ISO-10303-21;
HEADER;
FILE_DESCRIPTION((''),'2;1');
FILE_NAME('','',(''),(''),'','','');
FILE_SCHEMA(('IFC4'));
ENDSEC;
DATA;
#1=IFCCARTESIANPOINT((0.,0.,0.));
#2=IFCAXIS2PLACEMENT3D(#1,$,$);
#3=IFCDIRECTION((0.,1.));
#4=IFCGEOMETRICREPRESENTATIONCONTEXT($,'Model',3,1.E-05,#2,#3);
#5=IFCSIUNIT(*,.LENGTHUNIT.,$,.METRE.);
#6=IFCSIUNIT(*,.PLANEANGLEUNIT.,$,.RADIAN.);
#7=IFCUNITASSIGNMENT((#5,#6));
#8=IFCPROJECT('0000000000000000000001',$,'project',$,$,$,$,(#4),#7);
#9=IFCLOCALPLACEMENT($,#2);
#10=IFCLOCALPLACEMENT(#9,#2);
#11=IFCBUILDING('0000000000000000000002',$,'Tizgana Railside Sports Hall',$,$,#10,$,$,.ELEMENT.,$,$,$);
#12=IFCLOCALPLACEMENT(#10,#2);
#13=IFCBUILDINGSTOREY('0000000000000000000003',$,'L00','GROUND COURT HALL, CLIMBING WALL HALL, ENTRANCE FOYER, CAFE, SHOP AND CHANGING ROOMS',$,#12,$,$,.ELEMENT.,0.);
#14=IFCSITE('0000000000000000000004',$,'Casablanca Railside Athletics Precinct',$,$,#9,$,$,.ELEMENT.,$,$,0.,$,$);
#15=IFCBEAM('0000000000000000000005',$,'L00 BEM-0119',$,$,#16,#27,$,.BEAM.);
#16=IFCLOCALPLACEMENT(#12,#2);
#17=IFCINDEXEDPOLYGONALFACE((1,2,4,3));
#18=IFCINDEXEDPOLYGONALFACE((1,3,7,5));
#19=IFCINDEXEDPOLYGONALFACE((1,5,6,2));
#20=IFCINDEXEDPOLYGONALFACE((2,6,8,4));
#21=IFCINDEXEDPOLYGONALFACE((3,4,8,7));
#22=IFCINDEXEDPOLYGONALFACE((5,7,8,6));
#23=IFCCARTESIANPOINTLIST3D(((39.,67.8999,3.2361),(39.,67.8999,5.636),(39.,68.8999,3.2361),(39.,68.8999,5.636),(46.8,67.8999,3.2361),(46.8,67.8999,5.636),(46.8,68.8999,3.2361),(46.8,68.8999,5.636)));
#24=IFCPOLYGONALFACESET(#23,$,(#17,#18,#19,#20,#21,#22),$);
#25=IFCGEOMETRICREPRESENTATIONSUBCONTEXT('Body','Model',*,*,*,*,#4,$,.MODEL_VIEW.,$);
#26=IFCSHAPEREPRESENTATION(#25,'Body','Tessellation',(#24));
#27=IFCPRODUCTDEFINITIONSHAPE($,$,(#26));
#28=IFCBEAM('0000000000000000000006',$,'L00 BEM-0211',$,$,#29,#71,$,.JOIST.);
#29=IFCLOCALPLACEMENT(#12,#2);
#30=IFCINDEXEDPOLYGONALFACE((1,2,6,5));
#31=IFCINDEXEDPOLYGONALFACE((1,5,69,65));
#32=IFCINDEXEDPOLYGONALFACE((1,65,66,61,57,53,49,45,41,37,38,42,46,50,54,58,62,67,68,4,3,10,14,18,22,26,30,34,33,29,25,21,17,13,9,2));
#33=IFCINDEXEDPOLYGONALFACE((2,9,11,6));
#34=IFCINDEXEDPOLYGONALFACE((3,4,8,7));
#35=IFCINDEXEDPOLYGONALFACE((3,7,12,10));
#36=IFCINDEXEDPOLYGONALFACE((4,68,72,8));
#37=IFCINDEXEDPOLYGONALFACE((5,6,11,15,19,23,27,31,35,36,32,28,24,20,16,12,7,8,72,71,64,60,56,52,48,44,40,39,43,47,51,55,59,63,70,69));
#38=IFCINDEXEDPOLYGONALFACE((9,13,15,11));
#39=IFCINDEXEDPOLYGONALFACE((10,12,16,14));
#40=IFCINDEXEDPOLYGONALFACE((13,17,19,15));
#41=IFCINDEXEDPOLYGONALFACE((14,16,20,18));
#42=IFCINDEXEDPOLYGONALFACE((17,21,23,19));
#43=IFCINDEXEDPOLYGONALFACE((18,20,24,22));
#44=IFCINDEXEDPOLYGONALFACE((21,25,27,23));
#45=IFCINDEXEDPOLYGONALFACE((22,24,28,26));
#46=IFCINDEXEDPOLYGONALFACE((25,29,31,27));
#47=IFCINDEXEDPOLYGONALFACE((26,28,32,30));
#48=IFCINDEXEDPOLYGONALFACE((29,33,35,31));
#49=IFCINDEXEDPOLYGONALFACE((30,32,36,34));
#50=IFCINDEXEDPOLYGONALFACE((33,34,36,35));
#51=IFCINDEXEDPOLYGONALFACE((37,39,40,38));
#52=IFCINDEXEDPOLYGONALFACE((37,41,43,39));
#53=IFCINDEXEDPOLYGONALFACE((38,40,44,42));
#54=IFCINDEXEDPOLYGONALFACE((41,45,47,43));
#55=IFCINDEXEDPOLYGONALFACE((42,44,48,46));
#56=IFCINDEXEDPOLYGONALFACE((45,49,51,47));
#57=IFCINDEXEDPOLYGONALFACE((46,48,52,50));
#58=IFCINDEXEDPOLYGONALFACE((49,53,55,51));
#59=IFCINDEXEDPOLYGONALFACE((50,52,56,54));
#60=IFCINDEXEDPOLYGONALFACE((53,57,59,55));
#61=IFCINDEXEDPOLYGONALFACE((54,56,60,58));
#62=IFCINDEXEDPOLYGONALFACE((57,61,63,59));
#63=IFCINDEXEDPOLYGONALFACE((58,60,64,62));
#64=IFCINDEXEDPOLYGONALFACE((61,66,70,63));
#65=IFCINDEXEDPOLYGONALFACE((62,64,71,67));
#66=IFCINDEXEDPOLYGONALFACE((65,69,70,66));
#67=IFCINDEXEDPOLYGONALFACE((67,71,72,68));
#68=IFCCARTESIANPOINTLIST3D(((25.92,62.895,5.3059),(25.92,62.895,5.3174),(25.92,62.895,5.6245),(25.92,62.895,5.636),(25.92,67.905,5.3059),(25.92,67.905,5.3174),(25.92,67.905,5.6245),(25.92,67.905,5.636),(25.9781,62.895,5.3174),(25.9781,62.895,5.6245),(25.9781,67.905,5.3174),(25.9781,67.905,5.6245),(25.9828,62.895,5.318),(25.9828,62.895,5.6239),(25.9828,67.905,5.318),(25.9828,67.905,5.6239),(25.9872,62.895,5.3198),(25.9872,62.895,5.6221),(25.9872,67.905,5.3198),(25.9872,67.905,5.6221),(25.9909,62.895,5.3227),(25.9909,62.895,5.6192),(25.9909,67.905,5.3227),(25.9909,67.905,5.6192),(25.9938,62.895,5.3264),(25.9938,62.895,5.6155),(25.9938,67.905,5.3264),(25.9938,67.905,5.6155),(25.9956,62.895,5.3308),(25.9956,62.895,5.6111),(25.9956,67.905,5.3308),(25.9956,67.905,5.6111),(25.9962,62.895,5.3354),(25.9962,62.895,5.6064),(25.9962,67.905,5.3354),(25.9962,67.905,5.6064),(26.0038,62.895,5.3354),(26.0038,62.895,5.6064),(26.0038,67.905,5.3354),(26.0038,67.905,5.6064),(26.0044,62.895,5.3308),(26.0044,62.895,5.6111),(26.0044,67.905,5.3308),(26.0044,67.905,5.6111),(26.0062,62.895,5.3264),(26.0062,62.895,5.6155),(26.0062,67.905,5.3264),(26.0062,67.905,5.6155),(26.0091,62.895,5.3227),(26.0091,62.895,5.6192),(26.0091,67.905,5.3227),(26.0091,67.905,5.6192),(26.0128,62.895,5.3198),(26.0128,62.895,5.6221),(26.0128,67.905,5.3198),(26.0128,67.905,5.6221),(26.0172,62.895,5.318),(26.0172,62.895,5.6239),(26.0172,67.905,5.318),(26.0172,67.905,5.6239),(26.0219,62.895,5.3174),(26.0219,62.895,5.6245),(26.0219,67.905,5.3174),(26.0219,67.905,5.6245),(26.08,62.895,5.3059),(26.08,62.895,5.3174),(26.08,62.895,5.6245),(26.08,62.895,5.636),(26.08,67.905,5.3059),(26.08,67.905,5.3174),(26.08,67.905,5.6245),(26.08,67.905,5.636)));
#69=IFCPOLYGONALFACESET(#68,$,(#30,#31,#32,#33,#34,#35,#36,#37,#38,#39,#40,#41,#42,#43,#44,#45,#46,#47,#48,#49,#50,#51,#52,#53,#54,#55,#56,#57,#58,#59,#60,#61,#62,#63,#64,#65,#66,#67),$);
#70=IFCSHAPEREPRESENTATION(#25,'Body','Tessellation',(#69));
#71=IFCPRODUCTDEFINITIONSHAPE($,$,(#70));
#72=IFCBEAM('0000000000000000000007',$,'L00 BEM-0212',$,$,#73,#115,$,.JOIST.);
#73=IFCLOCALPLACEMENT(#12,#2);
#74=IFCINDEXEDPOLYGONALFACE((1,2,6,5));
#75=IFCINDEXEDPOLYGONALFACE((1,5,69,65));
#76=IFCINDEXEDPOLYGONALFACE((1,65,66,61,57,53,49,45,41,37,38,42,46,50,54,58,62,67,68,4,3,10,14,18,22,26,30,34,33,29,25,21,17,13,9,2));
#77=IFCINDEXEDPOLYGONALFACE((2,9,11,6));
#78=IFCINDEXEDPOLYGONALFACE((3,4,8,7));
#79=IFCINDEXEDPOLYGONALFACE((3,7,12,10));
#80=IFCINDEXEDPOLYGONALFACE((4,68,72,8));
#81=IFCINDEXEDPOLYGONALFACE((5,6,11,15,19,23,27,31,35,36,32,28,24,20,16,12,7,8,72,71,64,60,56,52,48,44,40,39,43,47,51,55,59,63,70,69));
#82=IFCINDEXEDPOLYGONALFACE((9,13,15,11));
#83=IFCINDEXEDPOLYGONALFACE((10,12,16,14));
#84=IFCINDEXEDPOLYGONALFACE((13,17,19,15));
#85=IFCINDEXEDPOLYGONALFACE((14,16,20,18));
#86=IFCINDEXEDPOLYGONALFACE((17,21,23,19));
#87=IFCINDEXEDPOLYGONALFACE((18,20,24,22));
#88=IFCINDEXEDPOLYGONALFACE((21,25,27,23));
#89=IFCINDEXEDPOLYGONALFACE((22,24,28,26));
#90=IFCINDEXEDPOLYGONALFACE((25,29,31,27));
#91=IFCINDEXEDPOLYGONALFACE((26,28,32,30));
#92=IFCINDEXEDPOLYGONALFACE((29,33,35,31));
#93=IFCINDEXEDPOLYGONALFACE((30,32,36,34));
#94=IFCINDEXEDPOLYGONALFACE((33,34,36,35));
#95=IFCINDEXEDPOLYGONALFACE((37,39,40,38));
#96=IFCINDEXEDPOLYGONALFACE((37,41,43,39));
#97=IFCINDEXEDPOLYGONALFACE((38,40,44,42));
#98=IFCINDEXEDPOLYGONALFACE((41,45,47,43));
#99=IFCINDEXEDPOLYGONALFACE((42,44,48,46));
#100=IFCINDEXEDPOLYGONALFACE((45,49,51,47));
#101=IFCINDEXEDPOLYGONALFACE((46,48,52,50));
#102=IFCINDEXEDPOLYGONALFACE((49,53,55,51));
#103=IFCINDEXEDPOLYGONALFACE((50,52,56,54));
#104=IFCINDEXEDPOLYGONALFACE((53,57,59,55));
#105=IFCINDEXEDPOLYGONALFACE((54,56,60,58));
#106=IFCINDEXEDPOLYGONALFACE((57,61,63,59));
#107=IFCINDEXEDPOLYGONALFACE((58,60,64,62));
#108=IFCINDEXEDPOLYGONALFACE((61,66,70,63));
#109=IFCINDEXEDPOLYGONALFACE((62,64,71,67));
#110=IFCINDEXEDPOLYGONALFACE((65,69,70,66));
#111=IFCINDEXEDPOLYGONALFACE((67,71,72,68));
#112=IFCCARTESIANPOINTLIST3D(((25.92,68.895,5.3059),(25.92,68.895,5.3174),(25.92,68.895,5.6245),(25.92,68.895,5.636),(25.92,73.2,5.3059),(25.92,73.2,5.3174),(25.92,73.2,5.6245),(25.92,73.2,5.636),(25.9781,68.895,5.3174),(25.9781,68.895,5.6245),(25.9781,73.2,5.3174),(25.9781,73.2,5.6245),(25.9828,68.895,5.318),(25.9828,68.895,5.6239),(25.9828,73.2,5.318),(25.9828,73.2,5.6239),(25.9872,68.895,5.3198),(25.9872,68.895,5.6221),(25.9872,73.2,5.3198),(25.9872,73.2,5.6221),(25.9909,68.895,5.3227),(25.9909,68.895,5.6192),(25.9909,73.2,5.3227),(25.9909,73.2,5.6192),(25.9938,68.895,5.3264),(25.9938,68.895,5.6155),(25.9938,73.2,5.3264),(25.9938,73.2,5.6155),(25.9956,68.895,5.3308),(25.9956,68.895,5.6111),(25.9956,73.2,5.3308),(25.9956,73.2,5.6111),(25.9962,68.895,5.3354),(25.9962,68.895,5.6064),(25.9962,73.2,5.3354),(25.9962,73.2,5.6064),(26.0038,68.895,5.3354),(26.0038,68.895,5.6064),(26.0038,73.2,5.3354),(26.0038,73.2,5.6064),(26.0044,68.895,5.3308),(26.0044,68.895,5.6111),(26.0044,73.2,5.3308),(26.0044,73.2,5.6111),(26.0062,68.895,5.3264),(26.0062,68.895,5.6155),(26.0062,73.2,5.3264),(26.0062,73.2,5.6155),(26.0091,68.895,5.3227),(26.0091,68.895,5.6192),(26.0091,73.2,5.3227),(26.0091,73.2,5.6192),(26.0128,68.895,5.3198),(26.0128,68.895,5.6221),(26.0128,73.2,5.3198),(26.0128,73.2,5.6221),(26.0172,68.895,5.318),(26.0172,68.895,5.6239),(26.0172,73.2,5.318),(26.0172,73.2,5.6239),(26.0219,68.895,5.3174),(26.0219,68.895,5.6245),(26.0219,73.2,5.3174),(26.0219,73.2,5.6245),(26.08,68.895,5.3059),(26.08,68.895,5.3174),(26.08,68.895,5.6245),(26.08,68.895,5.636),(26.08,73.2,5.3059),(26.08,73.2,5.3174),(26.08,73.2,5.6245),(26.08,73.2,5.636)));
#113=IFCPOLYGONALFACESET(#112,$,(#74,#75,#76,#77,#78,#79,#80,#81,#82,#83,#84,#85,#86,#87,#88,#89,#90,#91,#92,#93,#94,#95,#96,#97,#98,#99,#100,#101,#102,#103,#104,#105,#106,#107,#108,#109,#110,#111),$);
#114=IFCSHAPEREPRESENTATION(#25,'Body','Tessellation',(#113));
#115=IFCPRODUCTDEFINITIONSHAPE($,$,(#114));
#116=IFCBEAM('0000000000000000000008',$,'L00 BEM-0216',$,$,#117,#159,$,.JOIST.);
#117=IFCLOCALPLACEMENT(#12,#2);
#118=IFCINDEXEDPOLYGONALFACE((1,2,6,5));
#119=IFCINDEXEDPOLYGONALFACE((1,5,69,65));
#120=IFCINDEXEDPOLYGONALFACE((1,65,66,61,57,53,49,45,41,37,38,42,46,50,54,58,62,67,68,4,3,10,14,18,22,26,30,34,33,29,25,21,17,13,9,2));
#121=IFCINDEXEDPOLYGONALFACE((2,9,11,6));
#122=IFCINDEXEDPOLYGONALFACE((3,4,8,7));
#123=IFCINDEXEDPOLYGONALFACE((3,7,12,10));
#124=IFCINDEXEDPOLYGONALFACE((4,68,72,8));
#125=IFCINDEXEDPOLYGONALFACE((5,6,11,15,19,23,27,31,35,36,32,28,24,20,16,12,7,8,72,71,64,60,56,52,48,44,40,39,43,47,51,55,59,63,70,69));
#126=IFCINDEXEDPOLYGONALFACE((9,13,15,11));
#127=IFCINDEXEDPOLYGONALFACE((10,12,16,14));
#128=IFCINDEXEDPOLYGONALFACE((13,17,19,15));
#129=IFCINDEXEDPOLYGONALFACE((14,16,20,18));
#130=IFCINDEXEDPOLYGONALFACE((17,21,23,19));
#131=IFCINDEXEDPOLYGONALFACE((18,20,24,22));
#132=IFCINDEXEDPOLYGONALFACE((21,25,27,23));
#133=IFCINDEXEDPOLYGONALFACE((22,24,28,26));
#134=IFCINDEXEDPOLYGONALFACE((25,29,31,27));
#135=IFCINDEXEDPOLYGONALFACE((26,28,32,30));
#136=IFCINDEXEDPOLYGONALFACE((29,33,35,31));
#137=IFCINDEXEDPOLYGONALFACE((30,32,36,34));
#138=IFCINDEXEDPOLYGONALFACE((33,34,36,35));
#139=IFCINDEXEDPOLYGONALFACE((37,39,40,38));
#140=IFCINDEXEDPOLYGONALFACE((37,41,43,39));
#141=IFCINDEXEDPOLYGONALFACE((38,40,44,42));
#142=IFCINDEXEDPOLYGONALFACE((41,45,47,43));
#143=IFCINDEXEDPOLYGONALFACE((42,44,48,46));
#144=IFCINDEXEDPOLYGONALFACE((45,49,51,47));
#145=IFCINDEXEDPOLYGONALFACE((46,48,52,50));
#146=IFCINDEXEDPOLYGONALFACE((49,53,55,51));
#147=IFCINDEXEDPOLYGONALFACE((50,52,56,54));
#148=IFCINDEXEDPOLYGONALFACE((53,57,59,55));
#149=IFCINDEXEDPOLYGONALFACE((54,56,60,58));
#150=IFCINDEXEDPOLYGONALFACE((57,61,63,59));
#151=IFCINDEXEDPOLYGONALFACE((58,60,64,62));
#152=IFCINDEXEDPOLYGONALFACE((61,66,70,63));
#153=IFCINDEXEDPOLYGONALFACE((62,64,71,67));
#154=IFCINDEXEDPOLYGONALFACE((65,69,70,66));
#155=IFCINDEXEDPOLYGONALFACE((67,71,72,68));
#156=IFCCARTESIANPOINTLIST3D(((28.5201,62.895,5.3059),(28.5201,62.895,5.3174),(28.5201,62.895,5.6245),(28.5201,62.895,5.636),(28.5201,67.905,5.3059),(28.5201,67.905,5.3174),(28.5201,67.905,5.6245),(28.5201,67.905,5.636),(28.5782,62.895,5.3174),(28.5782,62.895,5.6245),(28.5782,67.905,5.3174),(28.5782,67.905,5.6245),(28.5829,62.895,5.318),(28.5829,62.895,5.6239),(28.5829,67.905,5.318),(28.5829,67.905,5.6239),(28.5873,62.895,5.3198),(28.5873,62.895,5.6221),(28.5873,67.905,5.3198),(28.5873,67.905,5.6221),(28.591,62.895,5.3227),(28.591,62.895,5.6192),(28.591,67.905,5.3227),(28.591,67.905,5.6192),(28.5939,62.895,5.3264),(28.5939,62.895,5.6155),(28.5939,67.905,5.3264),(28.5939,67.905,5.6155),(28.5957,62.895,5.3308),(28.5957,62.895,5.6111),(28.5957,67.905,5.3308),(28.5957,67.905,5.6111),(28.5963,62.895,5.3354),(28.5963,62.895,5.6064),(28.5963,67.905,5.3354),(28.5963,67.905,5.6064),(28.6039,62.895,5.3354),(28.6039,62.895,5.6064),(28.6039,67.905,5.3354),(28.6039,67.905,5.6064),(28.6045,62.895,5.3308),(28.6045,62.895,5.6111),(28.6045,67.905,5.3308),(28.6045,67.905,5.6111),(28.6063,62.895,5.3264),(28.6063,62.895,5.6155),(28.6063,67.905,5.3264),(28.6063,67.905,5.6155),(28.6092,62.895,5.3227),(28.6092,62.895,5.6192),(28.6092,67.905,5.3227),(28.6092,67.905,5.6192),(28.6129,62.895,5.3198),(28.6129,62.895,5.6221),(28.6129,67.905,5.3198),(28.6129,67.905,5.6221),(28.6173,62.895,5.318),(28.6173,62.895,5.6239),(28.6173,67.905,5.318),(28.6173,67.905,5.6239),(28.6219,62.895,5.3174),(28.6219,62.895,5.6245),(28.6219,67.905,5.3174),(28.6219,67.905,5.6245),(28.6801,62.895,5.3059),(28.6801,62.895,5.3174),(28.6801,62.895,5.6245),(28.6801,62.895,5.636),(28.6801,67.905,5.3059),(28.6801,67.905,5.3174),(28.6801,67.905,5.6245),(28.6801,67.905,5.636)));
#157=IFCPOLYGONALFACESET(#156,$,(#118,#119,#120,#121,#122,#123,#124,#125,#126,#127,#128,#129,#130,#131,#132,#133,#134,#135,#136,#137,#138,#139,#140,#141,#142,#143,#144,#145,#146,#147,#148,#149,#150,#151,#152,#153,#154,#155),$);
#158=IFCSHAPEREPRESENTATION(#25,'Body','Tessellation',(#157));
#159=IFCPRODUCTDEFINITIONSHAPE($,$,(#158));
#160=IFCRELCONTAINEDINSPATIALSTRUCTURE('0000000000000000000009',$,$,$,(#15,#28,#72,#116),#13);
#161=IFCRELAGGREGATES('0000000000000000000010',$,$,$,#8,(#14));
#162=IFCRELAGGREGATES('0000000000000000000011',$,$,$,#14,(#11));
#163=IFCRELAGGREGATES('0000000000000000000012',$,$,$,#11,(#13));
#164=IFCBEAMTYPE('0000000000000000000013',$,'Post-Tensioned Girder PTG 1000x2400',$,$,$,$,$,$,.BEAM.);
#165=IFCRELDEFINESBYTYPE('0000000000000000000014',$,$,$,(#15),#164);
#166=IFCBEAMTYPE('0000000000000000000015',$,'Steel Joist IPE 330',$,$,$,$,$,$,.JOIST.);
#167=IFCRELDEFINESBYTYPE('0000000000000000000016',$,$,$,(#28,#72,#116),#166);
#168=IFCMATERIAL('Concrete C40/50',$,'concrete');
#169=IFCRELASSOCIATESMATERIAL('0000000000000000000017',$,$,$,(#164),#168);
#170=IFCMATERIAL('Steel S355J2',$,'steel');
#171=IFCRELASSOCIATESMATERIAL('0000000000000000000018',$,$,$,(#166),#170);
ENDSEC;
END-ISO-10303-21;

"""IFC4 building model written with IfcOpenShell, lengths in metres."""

from ifc_helpers import new_model, si_unit, direction, frame, origin, origin_2d, place, context, subcontext, project, spatial, rectangle, i_section, extrude, material, material_profile, profile_set, type_object, element, save


model = new_model("IFC4")

# Units and contexts
model_context = context("Model", 3, precision=1e-05, world=origin(), true_north=direction((0.0, 1.0)))
body_context = subcontext(model_context, "Body", "Model", "MODEL_VIEW")
ifc_project = project(units=[si_unit("LENGTHUNIT", "METRE"), si_unit("PLANEANGLEUNIT", "RADIAN")], contexts=[model_context])

# Site, building, storey
site_placement = place(None, origin())
site = spatial("IfcSite", under=ifc_project, at=site_placement, Name="Casablanca Railside Athletics Precinct", CompositionType="ELEMENT", RefElevation=0.0)
building_placement = place(site_placement, origin())
building = spatial("IfcBuilding", under=site, at=building_placement, Name="Tizgana Railside Sports Hall", CompositionType="ELEMENT")
storey_placement = place(building_placement, origin())
storey = spatial("IfcBuildingStorey", under=building, at=storey_placement, Name="L00", Description="GROUND COURT HALL, CLIMBING WALL HALL, ENTRANCE FOYER, CAFE, SHOP AND CHANGING ROOMS", CompositionType="ELEMENT", Elevation=0.0)

# Shared definitions
ifc_material_1 = material(Name="Concrete C40/50", Category="concrete")

# Beams
ifc_material_profile_1 = material_profile(ifc_material_1, rectangle(XDim=1.0, YDim=2.3999, at=origin_2d()), Name="PTG 1000x2400")
ifc_profile_set_1 = profile_set([ifc_material_profile_1], Name="Concrete C40/50")
beam_type_1 = type_object("IfcBeamType", Name="Post-Tensioned Girder PTG 1000x2400", PredefinedType="BEAM", material=ifc_profile_set_1)
for number, where, z_axis, x_axis, name in (
    (1, (39.0, 68.3999, 4.436), (1.0, 0.0, 0.0), (0.0, 1.0, 0.0), "L00 BEM-0119"),
):
    element("IfcBeam", number, at=place(storey_placement, frame(where, z_axis=z_axis, x_axis=x_axis)), inside=storey, type_object=beam_type_1, Name=name, PredefinedType="BEAM", context=body_context, shape_type="SweptSolid", body=[
        extrude(rectangle(XDim=1.0, YDim=2.3999, at=origin_2d()), origin(), (0.0, 0.0, 1.0), 7.8),
    ])
ifc_material_2 = material(Name="Steel S355J2", Category="steel")
ifc_material_profile_2 = material_profile(ifc_material_2, i_section(OverallWidth=0.1599, OverallDepth=0.3301, WebThickness=0.0076, FlangeThickness=0.0115, FilletRadius=0.0181, at=origin_2d()), Name="IPE 330")
ifc_profile_set_2 = profile_set([ifc_material_profile_2], Name="Steel S355J2")
beam_type_2 = type_object("IfcBeamType", Name="Steel Joist IPE 330", PredefinedType="JOIST", material=ifc_profile_set_2)
beam_1_placement = place(storey_placement, frame((26.0, 62.895, 5.4709), z_axis=(0.0, 1.0, 0.0), x_axis=(-1.0, 0.0, 0.0)))
element("IfcBeam", 2, at=beam_1_placement, inside=storey, type_object=beam_type_2, Name="L00 BEM-0211", PredefinedType="JOIST", context=body_context, shape_type="SweptSolid", body=[
    extrude(i_section(OverallWidth=0.1599, OverallDepth=0.3301, WebThickness=0.0076, FlangeThickness=0.0115, FilletRadius=0.0181, at=origin_2d()), origin(), (0.0, 0.0, 1.0), 5.01),
])
beam_2_placement = place(storey_placement, frame((26.0, 68.895, 5.4709), z_axis=(0.0, 1.0, 0.0), x_axis=(-1.0, 0.0, 0.0)))
element("IfcBeam", 3, at=beam_2_placement, inside=storey, type_object=beam_type_2, Name="L00 BEM-0212", PredefinedType="JOIST", context=body_context, shape_type="SweptSolid", body=[
    extrude(i_section(OverallWidth=0.1599, OverallDepth=0.3301, WebThickness=0.0076, FlangeThickness=0.0115, FilletRadius=0.0181, at=origin_2d()), origin(), (0.0, 0.0, 1.0), 4.3049),
])
beam_3_placement = place(storey_placement, frame((28.6001, 62.895, 5.4709), z_axis=(0.0, 1.0, 0.0), x_axis=(-1.0, 0.0, 0.0)))
element("IfcBeam", 4, at=beam_3_placement, inside=storey, type_object=beam_type_2, Name="L00 BEM-0216", PredefinedType="JOIST", context=body_context, shape_type="SweptSolid", body=[
    extrude(i_section(OverallWidth=0.1599, OverallDepth=0.3301, WebThickness=0.0076, FlangeThickness=0.0115, FilletRadius=0.0181, at=origin_2d()), origin(), (0.0, 0.0, 1.0), 5.01),
])

save(model, "model.ifc")
